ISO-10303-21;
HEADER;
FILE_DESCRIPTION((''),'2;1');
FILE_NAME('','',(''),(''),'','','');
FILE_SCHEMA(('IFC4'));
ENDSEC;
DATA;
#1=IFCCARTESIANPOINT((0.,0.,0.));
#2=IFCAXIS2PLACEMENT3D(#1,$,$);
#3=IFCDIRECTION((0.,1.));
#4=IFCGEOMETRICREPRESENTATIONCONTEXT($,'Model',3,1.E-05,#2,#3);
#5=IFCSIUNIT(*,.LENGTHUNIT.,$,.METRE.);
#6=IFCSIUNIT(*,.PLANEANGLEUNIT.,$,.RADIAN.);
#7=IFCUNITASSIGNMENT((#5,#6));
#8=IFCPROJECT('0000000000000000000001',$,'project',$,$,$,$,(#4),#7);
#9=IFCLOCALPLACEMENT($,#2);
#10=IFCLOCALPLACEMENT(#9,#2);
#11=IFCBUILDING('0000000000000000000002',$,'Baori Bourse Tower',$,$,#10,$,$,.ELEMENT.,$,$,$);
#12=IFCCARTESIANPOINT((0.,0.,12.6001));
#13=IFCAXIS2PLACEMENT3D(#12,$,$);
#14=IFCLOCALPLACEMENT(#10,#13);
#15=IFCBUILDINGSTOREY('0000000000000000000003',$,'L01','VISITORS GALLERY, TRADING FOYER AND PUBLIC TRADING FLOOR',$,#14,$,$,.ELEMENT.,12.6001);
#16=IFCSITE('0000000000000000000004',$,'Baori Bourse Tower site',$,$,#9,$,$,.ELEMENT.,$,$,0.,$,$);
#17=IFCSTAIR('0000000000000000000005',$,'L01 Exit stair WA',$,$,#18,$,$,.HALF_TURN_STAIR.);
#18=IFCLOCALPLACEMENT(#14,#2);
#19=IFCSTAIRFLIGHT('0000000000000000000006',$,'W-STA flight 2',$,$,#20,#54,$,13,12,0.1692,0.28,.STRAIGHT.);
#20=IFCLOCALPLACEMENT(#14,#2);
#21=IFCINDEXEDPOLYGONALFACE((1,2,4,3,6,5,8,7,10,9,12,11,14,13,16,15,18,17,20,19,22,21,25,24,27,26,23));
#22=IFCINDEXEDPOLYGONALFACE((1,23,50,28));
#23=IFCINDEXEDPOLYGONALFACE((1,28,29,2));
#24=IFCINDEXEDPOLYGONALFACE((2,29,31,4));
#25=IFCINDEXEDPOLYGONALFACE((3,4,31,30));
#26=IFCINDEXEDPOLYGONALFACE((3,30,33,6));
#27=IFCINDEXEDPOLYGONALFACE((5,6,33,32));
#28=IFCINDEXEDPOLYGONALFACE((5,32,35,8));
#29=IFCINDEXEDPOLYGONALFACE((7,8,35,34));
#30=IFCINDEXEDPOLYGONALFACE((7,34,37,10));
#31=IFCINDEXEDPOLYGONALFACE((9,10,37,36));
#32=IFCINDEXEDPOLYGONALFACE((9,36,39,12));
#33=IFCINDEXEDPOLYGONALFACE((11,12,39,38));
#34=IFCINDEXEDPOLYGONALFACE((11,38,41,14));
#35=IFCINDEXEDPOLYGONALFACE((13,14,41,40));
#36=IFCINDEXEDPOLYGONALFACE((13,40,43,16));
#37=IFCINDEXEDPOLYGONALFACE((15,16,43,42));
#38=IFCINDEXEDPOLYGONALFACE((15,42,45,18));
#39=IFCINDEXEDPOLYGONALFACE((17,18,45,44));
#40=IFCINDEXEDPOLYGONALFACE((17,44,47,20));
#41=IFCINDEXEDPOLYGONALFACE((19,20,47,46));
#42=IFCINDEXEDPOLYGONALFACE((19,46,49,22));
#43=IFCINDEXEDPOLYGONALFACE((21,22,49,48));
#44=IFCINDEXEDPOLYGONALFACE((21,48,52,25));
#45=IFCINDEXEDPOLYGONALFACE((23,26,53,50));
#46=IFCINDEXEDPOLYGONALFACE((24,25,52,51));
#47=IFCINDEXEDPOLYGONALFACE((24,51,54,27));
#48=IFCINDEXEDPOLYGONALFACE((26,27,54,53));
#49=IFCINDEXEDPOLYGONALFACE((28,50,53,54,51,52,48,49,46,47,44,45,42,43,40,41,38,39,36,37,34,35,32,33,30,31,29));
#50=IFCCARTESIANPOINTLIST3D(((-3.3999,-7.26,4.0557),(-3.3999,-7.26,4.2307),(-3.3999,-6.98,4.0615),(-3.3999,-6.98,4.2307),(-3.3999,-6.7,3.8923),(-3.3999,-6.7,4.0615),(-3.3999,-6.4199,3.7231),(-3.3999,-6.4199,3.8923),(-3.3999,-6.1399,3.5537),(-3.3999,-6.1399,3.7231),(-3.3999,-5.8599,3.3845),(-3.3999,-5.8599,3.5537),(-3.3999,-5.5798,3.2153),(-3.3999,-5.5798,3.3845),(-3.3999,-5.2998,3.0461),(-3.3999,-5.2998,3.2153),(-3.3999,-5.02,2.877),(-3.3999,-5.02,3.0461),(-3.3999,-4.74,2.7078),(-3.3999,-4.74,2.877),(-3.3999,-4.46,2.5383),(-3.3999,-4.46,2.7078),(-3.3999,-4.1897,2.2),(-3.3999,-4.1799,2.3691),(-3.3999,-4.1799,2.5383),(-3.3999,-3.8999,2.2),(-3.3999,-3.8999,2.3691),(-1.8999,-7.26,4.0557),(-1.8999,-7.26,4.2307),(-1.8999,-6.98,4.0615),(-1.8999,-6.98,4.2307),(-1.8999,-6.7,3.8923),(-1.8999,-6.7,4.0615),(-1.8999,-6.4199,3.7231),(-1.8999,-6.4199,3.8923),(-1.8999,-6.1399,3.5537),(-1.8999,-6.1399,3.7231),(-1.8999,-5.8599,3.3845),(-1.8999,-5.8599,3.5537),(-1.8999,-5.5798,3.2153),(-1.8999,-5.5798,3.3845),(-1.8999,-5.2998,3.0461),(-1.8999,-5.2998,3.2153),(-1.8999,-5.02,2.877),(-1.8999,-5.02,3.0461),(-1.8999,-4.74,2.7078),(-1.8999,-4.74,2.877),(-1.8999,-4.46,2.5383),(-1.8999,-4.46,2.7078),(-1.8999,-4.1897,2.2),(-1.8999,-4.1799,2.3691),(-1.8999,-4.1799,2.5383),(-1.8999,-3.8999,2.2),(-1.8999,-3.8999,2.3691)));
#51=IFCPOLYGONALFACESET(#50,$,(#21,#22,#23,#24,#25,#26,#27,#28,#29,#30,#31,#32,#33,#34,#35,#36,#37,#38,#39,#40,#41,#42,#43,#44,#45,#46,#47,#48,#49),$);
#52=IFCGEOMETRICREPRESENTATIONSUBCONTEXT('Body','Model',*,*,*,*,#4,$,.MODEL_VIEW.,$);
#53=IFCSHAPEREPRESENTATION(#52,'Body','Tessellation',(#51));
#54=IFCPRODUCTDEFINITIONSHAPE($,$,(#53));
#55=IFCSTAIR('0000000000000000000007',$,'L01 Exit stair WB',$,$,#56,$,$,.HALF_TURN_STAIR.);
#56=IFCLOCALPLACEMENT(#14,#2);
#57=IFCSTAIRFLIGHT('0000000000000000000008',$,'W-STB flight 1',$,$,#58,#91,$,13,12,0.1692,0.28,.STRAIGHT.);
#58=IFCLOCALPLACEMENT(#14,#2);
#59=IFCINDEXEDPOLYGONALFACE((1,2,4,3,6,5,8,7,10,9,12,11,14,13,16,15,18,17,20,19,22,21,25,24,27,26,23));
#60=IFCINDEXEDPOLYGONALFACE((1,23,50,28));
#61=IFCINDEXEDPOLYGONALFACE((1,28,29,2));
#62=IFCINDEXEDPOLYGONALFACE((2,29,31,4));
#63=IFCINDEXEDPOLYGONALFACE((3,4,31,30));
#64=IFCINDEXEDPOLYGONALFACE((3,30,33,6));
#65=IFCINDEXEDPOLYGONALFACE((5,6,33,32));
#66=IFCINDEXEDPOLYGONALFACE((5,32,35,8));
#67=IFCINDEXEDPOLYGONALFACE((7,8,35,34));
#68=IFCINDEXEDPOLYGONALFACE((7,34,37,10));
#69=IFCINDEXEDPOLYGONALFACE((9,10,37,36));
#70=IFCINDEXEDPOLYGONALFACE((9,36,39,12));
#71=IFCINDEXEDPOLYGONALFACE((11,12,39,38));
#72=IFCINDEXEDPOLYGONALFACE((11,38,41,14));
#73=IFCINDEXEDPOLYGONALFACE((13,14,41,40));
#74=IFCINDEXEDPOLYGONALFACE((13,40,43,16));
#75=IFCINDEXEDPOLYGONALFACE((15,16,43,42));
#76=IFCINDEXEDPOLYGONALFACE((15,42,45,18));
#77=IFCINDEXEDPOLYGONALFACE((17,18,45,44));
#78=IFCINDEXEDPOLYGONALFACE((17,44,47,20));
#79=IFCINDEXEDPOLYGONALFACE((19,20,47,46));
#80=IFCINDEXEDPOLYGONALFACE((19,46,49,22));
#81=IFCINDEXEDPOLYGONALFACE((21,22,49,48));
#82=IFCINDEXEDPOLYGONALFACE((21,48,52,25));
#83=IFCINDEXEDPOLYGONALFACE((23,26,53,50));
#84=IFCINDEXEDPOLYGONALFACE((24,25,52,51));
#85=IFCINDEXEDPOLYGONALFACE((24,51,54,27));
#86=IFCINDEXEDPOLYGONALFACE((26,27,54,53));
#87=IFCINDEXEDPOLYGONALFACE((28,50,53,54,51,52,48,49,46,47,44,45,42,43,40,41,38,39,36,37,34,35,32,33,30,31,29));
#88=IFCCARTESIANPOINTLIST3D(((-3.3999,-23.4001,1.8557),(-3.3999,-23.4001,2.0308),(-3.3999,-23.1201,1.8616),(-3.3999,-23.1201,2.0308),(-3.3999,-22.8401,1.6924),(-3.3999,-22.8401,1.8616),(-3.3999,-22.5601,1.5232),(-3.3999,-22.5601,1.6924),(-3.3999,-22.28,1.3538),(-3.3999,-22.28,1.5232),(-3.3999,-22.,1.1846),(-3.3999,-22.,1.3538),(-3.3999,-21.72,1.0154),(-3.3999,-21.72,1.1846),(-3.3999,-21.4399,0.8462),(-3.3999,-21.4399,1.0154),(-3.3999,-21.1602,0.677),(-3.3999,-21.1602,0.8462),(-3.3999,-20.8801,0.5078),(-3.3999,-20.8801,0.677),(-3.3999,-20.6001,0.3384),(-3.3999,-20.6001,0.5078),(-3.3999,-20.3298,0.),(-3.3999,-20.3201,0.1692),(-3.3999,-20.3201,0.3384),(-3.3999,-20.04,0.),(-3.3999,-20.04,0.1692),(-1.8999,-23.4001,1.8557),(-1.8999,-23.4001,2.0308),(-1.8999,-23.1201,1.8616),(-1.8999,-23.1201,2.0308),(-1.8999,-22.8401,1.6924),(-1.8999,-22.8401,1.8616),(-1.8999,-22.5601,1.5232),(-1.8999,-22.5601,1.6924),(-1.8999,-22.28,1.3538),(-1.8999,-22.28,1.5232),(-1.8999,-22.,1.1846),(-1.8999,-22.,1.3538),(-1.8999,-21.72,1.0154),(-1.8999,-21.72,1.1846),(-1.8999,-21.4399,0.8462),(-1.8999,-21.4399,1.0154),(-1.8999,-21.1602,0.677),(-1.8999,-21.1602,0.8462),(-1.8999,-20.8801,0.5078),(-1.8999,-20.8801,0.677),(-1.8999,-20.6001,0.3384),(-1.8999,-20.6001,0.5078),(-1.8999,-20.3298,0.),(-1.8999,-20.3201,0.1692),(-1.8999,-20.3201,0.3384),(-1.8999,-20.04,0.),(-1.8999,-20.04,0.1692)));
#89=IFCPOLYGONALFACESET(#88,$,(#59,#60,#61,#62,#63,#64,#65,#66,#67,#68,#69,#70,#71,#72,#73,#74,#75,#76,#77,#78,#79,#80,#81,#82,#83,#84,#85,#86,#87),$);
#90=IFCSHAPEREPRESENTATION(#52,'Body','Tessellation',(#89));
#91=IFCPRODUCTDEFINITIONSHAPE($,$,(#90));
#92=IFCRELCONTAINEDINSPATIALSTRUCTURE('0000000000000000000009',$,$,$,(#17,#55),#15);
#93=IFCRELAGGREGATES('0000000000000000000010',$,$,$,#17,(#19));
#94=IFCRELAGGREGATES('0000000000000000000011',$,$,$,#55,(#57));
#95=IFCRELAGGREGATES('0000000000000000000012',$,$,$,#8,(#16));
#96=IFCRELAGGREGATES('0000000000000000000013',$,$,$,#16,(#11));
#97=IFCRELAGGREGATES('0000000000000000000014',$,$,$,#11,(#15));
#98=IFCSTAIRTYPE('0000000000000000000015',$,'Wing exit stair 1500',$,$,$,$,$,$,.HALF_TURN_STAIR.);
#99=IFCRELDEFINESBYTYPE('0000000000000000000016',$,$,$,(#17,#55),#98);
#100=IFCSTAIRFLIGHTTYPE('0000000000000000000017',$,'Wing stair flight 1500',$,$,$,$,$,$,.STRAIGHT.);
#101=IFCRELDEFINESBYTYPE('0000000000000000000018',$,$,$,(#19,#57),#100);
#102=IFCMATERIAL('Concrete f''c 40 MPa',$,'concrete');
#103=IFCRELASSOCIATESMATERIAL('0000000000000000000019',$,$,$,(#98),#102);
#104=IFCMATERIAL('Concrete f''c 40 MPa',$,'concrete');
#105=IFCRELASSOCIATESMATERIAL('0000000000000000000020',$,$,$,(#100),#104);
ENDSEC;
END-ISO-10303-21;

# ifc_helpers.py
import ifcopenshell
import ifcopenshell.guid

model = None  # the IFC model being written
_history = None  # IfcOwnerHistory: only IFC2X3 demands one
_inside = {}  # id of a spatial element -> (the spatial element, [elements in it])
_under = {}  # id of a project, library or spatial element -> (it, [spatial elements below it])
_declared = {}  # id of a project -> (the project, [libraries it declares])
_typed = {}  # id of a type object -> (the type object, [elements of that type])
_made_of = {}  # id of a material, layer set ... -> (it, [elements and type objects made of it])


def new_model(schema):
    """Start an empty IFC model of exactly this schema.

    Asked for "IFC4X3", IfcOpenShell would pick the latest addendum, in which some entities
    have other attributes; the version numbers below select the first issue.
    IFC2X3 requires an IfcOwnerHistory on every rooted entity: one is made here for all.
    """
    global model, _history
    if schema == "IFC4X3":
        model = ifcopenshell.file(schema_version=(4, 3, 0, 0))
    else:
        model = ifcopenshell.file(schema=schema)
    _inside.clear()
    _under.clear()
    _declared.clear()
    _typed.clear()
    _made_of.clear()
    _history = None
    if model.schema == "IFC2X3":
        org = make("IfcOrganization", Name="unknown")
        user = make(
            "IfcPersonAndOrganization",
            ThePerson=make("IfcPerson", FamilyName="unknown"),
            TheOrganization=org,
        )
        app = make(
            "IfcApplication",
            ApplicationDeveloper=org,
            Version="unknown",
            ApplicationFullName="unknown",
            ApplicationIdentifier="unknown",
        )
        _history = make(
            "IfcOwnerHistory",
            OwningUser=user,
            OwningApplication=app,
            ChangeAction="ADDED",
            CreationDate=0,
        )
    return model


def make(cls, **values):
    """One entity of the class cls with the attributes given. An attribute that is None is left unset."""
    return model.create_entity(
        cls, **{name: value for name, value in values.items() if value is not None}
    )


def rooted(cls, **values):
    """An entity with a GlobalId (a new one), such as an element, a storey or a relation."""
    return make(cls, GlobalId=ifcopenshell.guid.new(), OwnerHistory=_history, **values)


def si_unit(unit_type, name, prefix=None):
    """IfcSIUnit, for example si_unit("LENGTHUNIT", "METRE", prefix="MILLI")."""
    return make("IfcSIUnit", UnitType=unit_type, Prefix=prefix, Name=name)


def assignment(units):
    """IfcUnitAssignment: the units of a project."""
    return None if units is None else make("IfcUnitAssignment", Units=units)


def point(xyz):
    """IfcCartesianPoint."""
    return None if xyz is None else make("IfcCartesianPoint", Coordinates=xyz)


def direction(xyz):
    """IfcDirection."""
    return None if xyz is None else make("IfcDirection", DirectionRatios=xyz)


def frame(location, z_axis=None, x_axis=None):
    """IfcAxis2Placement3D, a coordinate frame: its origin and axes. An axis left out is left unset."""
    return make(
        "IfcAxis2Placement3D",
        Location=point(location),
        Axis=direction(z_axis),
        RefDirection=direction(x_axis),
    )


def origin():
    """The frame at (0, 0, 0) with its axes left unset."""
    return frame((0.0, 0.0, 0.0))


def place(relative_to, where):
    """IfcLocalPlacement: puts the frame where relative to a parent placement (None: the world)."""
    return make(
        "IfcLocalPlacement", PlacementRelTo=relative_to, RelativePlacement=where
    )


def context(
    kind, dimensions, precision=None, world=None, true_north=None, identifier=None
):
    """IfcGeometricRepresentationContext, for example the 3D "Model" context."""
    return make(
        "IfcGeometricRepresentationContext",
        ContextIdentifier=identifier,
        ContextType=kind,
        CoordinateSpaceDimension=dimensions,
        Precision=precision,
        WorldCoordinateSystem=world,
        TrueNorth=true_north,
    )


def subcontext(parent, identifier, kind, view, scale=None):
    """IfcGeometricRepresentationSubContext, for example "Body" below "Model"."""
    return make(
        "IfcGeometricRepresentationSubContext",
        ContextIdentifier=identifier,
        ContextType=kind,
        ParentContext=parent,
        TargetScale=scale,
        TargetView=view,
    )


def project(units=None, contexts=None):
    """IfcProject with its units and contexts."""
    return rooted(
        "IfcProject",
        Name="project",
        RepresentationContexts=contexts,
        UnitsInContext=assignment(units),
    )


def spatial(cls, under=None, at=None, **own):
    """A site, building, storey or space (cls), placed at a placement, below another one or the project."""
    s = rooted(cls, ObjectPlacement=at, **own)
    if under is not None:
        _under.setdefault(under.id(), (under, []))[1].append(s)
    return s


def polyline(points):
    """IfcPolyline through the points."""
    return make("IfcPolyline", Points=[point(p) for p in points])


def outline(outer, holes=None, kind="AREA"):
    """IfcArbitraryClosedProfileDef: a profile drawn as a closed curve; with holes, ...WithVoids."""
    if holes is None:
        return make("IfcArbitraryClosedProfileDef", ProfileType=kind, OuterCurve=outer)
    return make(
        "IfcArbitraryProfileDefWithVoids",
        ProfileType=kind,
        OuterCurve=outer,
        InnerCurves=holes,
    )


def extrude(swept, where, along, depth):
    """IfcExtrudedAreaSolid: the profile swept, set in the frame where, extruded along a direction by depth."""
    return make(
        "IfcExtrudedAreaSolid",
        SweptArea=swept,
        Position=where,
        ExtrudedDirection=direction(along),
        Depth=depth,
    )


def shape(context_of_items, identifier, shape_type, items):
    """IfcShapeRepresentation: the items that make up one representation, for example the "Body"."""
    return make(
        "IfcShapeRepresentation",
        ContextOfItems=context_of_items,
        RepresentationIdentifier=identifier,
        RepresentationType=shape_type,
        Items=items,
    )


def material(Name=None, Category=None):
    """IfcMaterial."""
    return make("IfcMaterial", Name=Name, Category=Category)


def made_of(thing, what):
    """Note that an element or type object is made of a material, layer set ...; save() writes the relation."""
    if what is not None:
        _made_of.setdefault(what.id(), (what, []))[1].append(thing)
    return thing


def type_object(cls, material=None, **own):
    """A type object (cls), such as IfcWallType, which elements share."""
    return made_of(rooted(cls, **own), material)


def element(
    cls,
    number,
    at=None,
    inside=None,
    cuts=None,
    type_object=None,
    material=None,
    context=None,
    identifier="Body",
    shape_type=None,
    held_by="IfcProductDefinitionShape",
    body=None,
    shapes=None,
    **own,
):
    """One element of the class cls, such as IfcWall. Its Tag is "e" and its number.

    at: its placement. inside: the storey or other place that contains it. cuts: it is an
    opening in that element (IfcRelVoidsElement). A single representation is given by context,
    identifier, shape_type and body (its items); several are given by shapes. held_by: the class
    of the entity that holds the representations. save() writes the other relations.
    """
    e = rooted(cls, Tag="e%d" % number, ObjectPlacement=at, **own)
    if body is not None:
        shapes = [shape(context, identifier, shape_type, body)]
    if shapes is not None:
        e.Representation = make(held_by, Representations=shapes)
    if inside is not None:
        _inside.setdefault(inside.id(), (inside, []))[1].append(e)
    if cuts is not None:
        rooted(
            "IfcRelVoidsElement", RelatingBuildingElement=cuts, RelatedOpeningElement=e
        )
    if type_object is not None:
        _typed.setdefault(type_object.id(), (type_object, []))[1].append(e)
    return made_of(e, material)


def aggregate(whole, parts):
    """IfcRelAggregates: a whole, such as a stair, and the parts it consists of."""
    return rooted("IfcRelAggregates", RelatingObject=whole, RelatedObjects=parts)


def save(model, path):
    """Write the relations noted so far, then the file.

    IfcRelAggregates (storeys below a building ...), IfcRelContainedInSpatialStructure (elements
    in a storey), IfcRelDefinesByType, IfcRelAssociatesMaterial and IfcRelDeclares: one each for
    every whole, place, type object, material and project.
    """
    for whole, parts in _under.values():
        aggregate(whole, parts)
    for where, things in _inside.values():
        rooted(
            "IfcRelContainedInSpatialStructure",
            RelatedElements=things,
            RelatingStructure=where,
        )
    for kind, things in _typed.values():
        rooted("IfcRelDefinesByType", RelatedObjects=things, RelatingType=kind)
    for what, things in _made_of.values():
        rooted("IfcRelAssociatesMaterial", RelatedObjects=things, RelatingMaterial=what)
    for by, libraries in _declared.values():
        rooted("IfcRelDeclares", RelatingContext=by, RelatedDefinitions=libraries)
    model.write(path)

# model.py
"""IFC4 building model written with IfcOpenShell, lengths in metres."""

from ifc_helpers import new_model, si_unit, direction, frame, origin, place, context, subcontext, project, spatial, polyline, outline, extrude, material, type_object, element, aggregate, save


model = new_model("IFC4")

# Units and contexts
model_context = context("Model", 3, precision=1e-05, world=origin(), true_north=direction((0.0, 1.0)))
body_context = subcontext(model_context, "Body", "Model", "MODEL_VIEW")
ifc_project = project(units=[si_unit("LENGTHUNIT", "METRE"), si_unit("PLANEANGLEUNIT", "RADIAN")], contexts=[model_context])

# Site, building, storey
site_placement = place(None, origin())
site = spatial("IfcSite", under=ifc_project, at=site_placement, Name="Baori Bourse Tower site", CompositionType="ELEMENT", RefElevation=0.0)
building_placement = place(site_placement, origin())
building = spatial("IfcBuilding", under=site, at=building_placement, Name="Baori Bourse Tower", CompositionType="ELEMENT")
storey_placement = place(building_placement, frame((0.0, 0.0, 12.6001)))
storey = spatial("IfcBuildingStorey", under=building, at=storey_placement, Name="L01", Description="VISITORS GALLERY, TRADING FOYER AND PUBLIC TRADING FLOOR", CompositionType="ELEMENT", Elevation=12.6001)

# Stairs, stair flights
ifc_material_1 = material(Name="Concrete f'c 40 MPa", Category="concrete")
stair_type = type_object("IfcStairType", Name="Wing exit stair 1500", PredefinedType="HALF_TURN_STAIR", material=ifc_material_1)
stair_1_placement = place(storey_placement, origin())
stair_1 = element("IfcStair", 1, at=stair_1_placement, inside=storey, type_object=stair_type, Name="L01 Exit stair WA", PredefinedType="HALF_TURN_STAIR")
ifc_material_2 = material(Name="Concrete f'c 40 MPa", Category="concrete")
stair_flight_type = type_object("IfcStairFlightType", Name="Wing stair flight 1500", PredefinedType="STRAIGHT", material=ifc_material_2)
stair_flight_1_placement = place(storey_placement, frame((-2.6499, -3.8999, 2.2), z_axis=(0.0, 0.0, 1.0), x_axis=(0.0, -1.0, 0.0)))
stair_flight_1 = element("IfcStairFlight", 2, at=stair_flight_1_placement, type_object=stair_flight_type, Name="W-STA flight 2", NumberOfRisers=13, NumberOfTreads=12, PredefinedType="STRAIGHT", RiserHeight=0.1692, TreadLength=0.28, context=body_context, shape_type="SweptSolid", body=[
    extrude(outline(polyline([(0.0, 0.0), (0.0, 0.1692), (0.28, 0.1692), (0.28, 0.3384), (0.5601, 0.3384), (0.5601, 0.5078), (0.8401, 0.5078), (0.8401, 0.677), (1.1201, 0.677), (1.1201, 0.8462), (1.3999, 0.8462), (1.3999, 1.0154), (1.6799, 1.0154), (1.6799, 1.1846), (1.96, 1.1846), (1.96, 1.3538), (2.24, 1.3538), (2.24, 1.5232), (2.52, 1.5232), (2.52, 1.6924), (2.8, 1.6924), (2.8, 1.8616), (3.0801, 1.8616), (3.0801, 2.0308), (3.3601, 2.0308), (3.3601, 2.2), (3.3601, 1.8557), (0.2898, 0.0), (0.0, 0.0)])), frame((0.0, 0.75, 0.0), z_axis=(0.0, -1.0, 0.0), x_axis=(1.0, 0.0, 0.0)), (0.0, 0.0, 1.0), 1.5),
])
aggregate(stair_1, [stair_flight_1])
stair_2_placement = place(storey_placement, origin())
stair_2 = element("IfcStair", 3, at=stair_2_placement, inside=storey, type_object=stair_type, Name="L01 Exit stair WB", PredefinedType="HALF_TURN_STAIR")
stair_flight_2_placement = place(storey_placement, frame((-2.6499, -20.04, 0.0), z_axis=(0.0, 0.0, 1.0), x_axis=(0.0, -1.0, 0.0)))
stair_flight_2 = element("IfcStairFlight", 4, at=stair_flight_2_placement, type_object=stair_flight_type, Name="W-STB flight 1", NumberOfRisers=13, NumberOfTreads=12, PredefinedType="STRAIGHT", RiserHeight=0.1692, TreadLength=0.28, context=body_context, shape_type="SweptSolid", body=[
    extrude(outline(polyline([(0.0, 0.0), (0.0, 0.1692), (0.28, 0.1692), (0.28, 0.3384), (0.5601, 0.3384), (0.5601, 0.5078), (0.8401, 0.5078), (0.8401, 0.677), (1.1201, 0.677), (1.1201, 0.8462), (1.3999, 0.8462), (1.3999, 1.0154), (1.6799, 1.0154), (1.6799, 1.1846), (1.96, 1.1846), (1.96, 1.3538), (2.24, 1.3538), (2.24, 1.5232), (2.52, 1.5232), (2.52, 1.6924), (2.8, 1.6924), (2.8, 1.8616), (3.0801, 1.8616), (3.0801, 2.0308), (3.3601, 2.0308), (3.3601, 2.2), (3.3601, 1.8557), (0.2898, 0.0), (0.0, 0.0)])), frame((0.0, 0.75, 0.0), z_axis=(0.0, -1.0, 0.0), x_axis=(1.0, 0.0, 0.0)), (0.0, 0.0, 1.0), 1.5),
])
aggregate(stair_2, [stair_flight_2])

save(model, "model.ifc")
